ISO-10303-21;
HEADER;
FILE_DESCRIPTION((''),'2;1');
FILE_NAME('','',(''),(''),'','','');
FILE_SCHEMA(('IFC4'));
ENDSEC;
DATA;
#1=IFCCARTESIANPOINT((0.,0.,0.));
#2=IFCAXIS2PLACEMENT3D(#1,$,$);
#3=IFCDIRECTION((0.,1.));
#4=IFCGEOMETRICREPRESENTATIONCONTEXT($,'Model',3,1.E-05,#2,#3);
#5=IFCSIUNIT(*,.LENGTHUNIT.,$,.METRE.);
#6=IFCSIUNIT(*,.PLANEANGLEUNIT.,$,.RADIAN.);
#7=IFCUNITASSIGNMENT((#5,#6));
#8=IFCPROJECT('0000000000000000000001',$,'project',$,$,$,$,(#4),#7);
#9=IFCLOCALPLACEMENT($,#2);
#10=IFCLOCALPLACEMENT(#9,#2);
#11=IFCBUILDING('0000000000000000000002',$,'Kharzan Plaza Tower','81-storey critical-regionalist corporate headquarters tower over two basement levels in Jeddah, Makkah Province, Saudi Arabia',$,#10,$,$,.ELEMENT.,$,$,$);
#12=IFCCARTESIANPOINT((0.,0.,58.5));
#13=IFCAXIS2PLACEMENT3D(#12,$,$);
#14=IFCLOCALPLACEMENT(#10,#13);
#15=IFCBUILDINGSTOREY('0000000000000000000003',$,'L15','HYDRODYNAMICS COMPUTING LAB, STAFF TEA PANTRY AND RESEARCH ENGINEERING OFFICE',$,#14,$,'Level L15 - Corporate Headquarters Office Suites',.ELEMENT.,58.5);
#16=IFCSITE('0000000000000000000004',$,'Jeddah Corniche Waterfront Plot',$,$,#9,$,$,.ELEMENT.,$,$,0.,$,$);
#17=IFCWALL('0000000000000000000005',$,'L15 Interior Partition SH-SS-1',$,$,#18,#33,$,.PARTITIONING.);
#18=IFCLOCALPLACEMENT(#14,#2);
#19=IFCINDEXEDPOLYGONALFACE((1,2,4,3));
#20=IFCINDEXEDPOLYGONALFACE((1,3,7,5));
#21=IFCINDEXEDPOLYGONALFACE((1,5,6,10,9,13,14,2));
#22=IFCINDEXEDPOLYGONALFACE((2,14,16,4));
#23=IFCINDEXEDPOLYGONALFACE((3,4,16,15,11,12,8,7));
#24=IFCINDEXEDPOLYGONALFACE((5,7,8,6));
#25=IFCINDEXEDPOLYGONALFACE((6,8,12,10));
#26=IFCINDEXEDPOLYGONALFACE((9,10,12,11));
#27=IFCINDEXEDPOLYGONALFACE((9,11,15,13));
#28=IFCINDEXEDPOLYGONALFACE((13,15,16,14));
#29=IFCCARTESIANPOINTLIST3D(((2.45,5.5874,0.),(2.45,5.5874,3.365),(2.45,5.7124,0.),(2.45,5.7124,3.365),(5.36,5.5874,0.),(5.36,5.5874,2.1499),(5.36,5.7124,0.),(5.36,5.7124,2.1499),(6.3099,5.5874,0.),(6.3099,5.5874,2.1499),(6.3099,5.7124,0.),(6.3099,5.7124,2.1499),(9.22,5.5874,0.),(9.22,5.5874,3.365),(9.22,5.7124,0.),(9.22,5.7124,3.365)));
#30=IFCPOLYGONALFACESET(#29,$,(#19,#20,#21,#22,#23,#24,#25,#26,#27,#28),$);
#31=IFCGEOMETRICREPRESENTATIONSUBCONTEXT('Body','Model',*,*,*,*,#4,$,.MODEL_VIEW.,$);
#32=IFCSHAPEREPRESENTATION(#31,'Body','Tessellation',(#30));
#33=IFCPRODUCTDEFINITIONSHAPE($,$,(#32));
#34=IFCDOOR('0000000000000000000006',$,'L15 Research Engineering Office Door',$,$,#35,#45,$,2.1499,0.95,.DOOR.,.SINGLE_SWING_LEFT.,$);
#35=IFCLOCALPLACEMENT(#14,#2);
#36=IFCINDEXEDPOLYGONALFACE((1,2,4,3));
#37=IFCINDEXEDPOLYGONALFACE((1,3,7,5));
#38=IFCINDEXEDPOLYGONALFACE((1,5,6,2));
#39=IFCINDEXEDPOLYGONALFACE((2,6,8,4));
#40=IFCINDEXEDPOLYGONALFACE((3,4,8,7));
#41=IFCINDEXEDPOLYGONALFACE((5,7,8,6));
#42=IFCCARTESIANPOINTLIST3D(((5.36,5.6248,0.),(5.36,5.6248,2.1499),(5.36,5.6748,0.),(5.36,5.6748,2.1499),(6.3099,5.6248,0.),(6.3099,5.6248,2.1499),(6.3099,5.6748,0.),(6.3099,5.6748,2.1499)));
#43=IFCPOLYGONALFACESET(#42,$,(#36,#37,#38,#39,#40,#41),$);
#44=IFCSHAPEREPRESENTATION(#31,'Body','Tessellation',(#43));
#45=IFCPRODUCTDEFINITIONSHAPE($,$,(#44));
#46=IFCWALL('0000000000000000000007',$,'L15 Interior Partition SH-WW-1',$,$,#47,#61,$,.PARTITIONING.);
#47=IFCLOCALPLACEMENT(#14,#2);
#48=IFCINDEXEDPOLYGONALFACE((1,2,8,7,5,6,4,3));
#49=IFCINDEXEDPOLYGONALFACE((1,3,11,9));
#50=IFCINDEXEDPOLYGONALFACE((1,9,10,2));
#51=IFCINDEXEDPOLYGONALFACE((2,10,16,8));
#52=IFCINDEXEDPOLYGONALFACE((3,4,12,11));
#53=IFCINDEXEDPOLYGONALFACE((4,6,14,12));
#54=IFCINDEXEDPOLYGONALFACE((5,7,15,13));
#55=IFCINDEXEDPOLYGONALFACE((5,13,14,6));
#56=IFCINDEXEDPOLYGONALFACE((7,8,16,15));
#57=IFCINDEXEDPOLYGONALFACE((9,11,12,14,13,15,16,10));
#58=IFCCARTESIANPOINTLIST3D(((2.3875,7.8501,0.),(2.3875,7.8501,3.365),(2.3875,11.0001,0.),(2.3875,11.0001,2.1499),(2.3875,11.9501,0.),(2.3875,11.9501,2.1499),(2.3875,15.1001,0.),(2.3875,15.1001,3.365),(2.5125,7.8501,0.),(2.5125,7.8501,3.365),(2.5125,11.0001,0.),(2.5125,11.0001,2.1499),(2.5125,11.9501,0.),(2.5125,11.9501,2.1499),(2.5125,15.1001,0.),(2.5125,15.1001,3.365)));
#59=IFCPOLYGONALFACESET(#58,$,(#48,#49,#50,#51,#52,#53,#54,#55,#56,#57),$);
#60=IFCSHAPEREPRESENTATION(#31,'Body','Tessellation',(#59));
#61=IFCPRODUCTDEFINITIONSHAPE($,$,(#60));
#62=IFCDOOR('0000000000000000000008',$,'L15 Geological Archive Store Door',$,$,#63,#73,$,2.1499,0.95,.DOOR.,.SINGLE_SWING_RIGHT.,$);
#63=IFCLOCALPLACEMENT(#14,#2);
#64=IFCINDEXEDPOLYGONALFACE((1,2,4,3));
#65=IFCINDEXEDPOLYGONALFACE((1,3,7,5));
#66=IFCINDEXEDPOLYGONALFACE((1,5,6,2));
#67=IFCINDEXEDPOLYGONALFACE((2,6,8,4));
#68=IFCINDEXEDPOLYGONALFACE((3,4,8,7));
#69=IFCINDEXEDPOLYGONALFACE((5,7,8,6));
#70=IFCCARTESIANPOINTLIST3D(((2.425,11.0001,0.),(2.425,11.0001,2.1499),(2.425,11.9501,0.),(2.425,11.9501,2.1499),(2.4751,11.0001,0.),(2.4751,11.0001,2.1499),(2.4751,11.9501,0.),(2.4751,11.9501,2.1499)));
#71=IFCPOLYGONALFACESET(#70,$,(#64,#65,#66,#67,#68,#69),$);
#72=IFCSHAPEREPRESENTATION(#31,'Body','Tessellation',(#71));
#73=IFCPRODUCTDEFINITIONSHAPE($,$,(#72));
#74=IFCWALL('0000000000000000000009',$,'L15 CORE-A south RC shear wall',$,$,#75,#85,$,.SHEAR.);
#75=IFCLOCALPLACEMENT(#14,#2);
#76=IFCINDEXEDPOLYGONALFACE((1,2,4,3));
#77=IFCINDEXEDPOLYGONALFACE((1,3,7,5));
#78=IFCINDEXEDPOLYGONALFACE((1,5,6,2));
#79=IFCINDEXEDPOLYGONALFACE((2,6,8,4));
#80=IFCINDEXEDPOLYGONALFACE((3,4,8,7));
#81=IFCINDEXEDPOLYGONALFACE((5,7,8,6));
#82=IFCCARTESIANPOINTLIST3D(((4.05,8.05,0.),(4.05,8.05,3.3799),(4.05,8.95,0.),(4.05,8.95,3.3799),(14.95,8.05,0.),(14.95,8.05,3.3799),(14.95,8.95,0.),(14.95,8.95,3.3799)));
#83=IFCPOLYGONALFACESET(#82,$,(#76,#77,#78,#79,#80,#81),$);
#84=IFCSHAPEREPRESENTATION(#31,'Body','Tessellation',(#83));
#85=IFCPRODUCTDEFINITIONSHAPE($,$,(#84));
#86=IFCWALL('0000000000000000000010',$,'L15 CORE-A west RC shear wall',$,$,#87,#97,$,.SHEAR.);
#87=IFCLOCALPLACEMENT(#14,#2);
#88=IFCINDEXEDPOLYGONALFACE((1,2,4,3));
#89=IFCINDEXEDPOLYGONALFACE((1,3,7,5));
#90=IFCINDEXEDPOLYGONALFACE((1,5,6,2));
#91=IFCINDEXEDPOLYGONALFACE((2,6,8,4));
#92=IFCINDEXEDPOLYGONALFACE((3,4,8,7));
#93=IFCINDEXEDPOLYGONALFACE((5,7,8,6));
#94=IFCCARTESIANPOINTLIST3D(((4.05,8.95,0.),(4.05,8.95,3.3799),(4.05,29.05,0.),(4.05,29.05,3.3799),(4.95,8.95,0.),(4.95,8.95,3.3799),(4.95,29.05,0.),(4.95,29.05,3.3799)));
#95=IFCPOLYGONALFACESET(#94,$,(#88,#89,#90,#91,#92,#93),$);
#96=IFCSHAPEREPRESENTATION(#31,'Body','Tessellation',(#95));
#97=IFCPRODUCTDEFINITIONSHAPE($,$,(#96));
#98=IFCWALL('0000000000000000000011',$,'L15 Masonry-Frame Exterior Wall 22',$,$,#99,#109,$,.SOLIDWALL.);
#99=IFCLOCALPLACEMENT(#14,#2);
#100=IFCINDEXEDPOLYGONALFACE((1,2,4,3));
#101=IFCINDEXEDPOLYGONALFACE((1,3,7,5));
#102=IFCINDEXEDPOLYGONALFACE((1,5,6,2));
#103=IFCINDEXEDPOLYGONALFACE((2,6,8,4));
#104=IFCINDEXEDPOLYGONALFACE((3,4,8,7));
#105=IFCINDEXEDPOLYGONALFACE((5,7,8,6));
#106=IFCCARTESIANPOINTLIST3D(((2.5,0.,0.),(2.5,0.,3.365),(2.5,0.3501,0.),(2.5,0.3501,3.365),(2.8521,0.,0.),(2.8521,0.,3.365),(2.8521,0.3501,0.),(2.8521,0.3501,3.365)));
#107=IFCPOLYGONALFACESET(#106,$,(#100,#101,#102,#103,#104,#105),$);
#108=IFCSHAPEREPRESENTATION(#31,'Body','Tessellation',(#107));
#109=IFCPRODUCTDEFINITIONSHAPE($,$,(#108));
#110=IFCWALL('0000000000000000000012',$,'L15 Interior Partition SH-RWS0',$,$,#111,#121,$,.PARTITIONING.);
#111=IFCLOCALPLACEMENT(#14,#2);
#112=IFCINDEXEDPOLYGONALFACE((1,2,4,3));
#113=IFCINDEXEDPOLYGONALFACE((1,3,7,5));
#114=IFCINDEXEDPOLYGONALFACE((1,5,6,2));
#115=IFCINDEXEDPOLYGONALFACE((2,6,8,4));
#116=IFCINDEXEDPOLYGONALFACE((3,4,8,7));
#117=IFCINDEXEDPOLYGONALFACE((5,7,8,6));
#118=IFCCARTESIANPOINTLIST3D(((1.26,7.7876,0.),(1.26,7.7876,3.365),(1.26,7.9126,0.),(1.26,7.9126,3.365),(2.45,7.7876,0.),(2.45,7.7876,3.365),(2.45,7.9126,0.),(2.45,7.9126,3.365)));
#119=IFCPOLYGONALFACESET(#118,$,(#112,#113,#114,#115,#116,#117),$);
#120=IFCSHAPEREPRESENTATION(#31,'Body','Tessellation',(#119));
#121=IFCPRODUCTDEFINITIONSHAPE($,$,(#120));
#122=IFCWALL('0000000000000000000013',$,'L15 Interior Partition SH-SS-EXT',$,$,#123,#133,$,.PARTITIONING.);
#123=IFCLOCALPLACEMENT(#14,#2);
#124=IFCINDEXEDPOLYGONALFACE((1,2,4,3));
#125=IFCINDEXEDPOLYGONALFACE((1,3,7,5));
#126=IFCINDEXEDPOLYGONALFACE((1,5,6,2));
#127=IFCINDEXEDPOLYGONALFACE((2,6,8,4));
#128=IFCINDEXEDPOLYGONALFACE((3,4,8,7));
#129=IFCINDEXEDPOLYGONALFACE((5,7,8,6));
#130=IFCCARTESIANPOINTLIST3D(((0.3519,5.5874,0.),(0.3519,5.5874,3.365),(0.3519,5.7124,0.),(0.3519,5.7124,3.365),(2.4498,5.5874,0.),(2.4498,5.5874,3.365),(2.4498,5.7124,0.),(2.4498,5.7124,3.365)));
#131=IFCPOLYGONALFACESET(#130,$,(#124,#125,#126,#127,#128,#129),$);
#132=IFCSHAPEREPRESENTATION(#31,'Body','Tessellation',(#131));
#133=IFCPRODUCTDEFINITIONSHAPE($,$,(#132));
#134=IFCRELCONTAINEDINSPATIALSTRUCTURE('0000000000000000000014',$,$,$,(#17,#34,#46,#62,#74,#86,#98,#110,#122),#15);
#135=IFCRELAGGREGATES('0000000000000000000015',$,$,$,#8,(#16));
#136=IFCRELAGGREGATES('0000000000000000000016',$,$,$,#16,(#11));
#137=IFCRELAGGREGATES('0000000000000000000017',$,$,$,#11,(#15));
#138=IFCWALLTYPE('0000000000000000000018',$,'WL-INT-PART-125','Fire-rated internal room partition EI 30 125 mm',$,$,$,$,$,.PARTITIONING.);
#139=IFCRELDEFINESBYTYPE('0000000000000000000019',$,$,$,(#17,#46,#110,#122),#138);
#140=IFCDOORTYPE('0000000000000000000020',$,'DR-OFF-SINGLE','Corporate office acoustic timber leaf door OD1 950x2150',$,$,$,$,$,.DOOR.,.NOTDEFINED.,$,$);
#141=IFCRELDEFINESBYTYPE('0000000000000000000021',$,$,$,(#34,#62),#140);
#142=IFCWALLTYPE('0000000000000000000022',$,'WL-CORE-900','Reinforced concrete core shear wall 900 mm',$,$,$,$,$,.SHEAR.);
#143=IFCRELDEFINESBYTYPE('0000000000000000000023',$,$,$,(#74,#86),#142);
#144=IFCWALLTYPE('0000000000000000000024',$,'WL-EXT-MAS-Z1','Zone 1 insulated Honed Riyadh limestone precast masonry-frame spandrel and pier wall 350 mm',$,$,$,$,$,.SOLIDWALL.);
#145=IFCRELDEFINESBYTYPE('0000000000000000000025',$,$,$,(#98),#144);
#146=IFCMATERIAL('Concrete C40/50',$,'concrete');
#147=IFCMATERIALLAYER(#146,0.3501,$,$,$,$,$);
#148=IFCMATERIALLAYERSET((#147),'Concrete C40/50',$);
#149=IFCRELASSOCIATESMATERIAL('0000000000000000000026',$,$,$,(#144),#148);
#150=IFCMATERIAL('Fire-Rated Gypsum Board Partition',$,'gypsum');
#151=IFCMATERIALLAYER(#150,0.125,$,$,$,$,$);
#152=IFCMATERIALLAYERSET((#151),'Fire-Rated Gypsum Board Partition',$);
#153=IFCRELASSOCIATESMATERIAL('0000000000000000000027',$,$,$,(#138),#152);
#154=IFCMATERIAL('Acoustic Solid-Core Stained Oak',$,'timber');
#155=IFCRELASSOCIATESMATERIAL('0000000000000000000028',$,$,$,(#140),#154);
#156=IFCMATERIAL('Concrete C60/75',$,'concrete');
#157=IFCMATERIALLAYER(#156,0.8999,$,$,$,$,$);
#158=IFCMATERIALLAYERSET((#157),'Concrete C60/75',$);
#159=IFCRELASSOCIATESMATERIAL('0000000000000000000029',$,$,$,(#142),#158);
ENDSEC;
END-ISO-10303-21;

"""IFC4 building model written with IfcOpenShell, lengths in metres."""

from ifc_helpers import new_model, si_unit, direction, frame, frame_2d, origin, place, context, subcontext, project, spatial, rectangle, extrude, source, transform, mapped, material, layer, layer_set, type_object, element, fill, save


model = new_model("IFC4")

# Units and contexts
model_context = context("Model", 3, precision=1e-05, world=origin(), true_north=direction((0.0, 1.0)))
body_context = subcontext(model_context, "Body", "Model", "MODEL_VIEW")
ifc_project = project(units=[si_unit("LENGTHUNIT", "METRE"), si_unit("PLANEANGLEUNIT", "RADIAN")], contexts=[model_context])

# Site, building, storey
site_placement = place(None, origin())
site = spatial("IfcSite", under=ifc_project, at=site_placement, Name="Jeddah Corniche Waterfront Plot", CompositionType="ELEMENT", RefElevation=0.0)
building_placement = place(site_placement, origin())
building = spatial("IfcBuilding", under=site, at=building_placement, Name="Kharzan Plaza Tower", Description="81-storey critical-regionalist corporate headquarters tower over two basement levels in Jeddah, Makkah Province, Saudi Arabia", CompositionType="ELEMENT")
storey_placement = place(building_placement, frame((0.0, 0.0, 58.5)))
storey = spatial("IfcBuildingStorey", under=building, at=storey_placement, Name="L15", Description="HYDRODYNAMICS COMPUTING LAB, STAFF TEA PANTRY AND RESEARCH ENGINEERING OFFICE", LongName="Level L15 - Corporate Headquarters Office Suites", CompositionType="ELEMENT", Elevation=58.5)

# Shared definitions
ifc_material_1 = material(Name="Concrete C60/75", Category="concrete")

# Shared definitions
ifc_material_2 = material(Name="Concrete C40/50", Category="concrete")

# Shared definitions
ifc_layer_1 = layer(ifc_material_2, 0.3501)
ifc_layer_set_1 = layer_set([ifc_layer_1], Name="Concrete C40/50")
wall_type_1 = type_object("IfcWallType", Name="WL-EXT-MAS-Z1", Description="Zone 1 insulated Honed Riyadh limestone precast masonry-frame spandrel and pier wall 350 mm", PredefinedType="SOLIDWALL", material=ifc_layer_set_1)

# Walls, openings, doors
ifc_material_3 = material(Name="Fire-Rated Gypsum Board Partition", Category="gypsum")
ifc_layer_2 = layer(ifc_material_3, 0.125)
ifc_layer_set_2 = layer_set([ifc_layer_2], Name="Fire-Rated Gypsum Board Partition")
wall_type_2 = type_object("IfcWallType", Name="WL-INT-PART-125", Description="Fire-rated internal room partition EI 30 125 mm", PredefinedType="PARTITIONING", material=ifc_layer_set_2)
wall_1_placement = place(storey_placement, frame((2.45, 5.6499, 0.0), z_axis=(0.0, 0.0, 1.0), x_axis=(1.0, 0.0, 0.0)))
wall_1 = element("IfcWall", 1, at=wall_1_placement, inside=storey, type_object=wall_type_2, Name="L15 Interior Partition SH-SS-1", PredefinedType="PARTITIONING", context=body_context, shape_type="SweptSolid", body=[
    extrude(rectangle(XDim=6.77, YDim=0.125, at=frame_2d((3.385, 0.0))), origin(), (0.0, 0.0, 1.0), 3.365),
])
opening_1_placement = place(wall_1_placement, frame((2.9099, 0.0, 0.0)))
opening_1 = element("IfcOpeningElement", 2, at=opening_1_placement, cuts=wall_1, PredefinedType="OPENING", context=body_context, shape_type="SweptSolid", body=[
    extrude(rectangle(XDim=0.95, YDim=2.1499, at=frame_2d((0.4751, 1.075))), frame((0.0, 0.0725, 0.0), z_axis=(0.0, -1.0, 0.0), x_axis=(1.0, 0.0, 0.0)), (0.0, 0.0, 1.0), 0.145),
])
ifc_material_4 = material(Name="Acoustic Solid-Core Stained Oak", Category="timber")
door_type = type_object("IfcDoorType", Name="DR-OFF-SINGLE", Description="Corporate office acoustic timber leaf door OD1 950x2150", OperationType="NOTDEFINED", PredefinedType="DOOR", material=ifc_material_4)
shared_shape_1 = source(origin(), body_context, "Body", "SweptSolid", [
    extrude(rectangle(XDim=0.95, YDim=2.1499, at=frame_2d((0.4751, 1.075))), frame((0.0, 0.0249, 0.0), z_axis=(0.0, -1.0, 0.0), x_axis=(1.0, 0.0, 0.0)), (0.0, 0.0, 1.0), 0.05),
])
door_1_placement = place(opening_1_placement, origin())
door_1 = element("IfcDoor", 3, at=door_1_placement, inside=storey, type_object=door_type, Name="L15 Research Engineering Office Door", OperationType="SINGLE_SWING_LEFT", OverallHeight=2.1499, OverallWidth=0.95, PredefinedType="DOOR", context=body_context, shape_type="MappedRepresentation", body=[
    mapped(shared_shape_1, transform((0.0, 0.0, 0.0), x_axis=(1.0, 0.0, 0.0), y_axis=(0.0, 1.0, 0.0), z_axis=(0.0, 0.0, 1.0))),
])
fill(opening_1, door_1)
wall_2_placement = place(storey_placement, frame((2.45, 7.8501, 0.0), z_axis=(0.0, 0.0, 1.0), x_axis=(0.0, 1.0, 0.0)))
wall_2 = element("IfcWall", 4, at=wall_2_placement, inside=storey, type_object=wall_type_2, Name="L15 Interior Partition SH-WW-1", PredefinedType="PARTITIONING", context=body_context, shape_type="SweptSolid", body=[
    extrude(rectangle(XDim=7.25, YDim=0.125, at=frame_2d((3.625, 0.0))), origin(), (0.0, 0.0, 1.0), 3.365),
])
opening_2_placement = place(wall_2_placement, frame((3.1499, 0.0, 0.0)))
opening_2 = element("IfcOpeningElement", 5, at=opening_2_placement, cuts=wall_2, PredefinedType="OPENING", context=body_context, shape_type="SweptSolid", body=[
    extrude(rectangle(XDim=0.95, YDim=2.1499, at=frame_2d((0.4751, 1.075))), frame((0.0, 0.0725, 0.0), z_axis=(0.0, -1.0, 0.0), x_axis=(1.0, 0.0, 0.0)), (0.0, 0.0, 1.0), 0.145),
])
door_2_placement = place(opening_2_placement, origin())
door_2 = element("IfcDoor", 6, at=door_2_placement, inside=storey, type_object=door_type, Name="L15 Geological Archive Store Door", OperationType="SINGLE_SWING_RIGHT", OverallHeight=2.1499, OverallWidth=0.95, PredefinedType="DOOR", context=body_context, shape_type="MappedRepresentation", body=[
    mapped(shared_shape_1, transform((0.0, 0.0, 0.0), x_axis=(1.0, 0.0, 0.0), y_axis=(0.0, 1.0, 0.0), z_axis=(0.0, 0.0, 1.0))),
])
fill(opening_2, door_2)

# Walls
ifc_layer_3 = layer(ifc_material_1, 0.8999)
ifc_layer_set_3 = layer_set([ifc_layer_3], Name="Concrete C60/75")
wall_type_3 = type_object("IfcWallType", Name="WL-CORE-900", Description="Reinforced concrete core shear wall 900 mm", PredefinedType="SHEAR", material=ifc_layer_set_3)
shared_shape_2 = source(origin(), body_context, "Body", "SweptSolid", [
    extrude(rectangle(XDim=10.8999, YDim=0.8999, at=frame_2d((5.45, 0.0))), origin(), (0.0, 0.0, 1.0), 3.3799),
])
wall_3_placement = place(storey_placement, frame((4.05, 8.5, 0.0), z_axis=(0.0, 0.0, 1.0), x_axis=(1.0, 0.0, 0.0)))
element("IfcWall", 7, at=wall_3_placement, inside=storey, type_object=wall_type_3, Name="L15 CORE-A south RC shear wall", PredefinedType="SHEAR", context=body_context, shape_type="MappedRepresentation", body=[
    mapped(shared_shape_2, transform((0.0, 0.0, 0.0), x_axis=(1.0, 0.0, 0.0), y_axis=(0.0, 1.0, 0.0), z_axis=(0.0, 0.0, 1.0))),
])
shared_shape_3 = source(origin(), body_context, "Body", "SweptSolid", [
    extrude(rectangle(XDim=20.1001, YDim=0.8999, at=frame_2d((10.05, 0.0))), origin(), (0.0, 0.0, 1.0), 3.3799),
])
wall_4_placement = place(storey_placement, frame((4.5, 8.95, 0.0), z_axis=(0.0, 0.0, 1.0), x_axis=(0.0, 1.0, 0.0)))
element("IfcWall", 8, at=wall_4_placement, inside=storey, type_object=wall_type_3, Name="L15 CORE-A west RC shear wall", PredefinedType="SHEAR", context=body_context, shape_type="MappedRepresentation", body=[
    mapped(shared_shape_3, transform((0.0, 0.0, 0.0), x_axis=(1.0, 0.0, 0.0), y_axis=(0.0, 1.0, 0.0), z_axis=(0.0, 0.0, 1.0))),
])
shared_shape_4 = source(origin(), body_context, "Body", "SweptSolid", [
    extrude(rectangle(XDim=0.3521, YDim=0.3501, at=frame_2d((0.176, 0.0))), origin(), (0.0, 0.0, 1.0), 3.365),
])
wall_5_placement = place(storey_placement, frame((2.5, 0.175, 0.0), z_axis=(0.0, 0.0, 1.0), x_axis=(1.0, 0.0, 0.0)))
element("IfcWall", 9, at=wall_5_placement, inside=storey, type_object=wall_type_1, Name="L15 Masonry-Frame Exterior Wall 22", PredefinedType="SOLIDWALL", context=body_context, shape_type="MappedRepresentation", body=[
    mapped(shared_shape_4, transform((0.0, 0.0, 0.0), x_axis=(1.0, 0.0, 0.0), y_axis=(0.0, 1.0, 0.0), z_axis=(0.0, 0.0, 1.0))),
])
shared_shape_5 = source(origin(), body_context, "Body", "SweptSolid", [
    extrude(rectangle(XDim=1.1899, YDim=0.125, at=frame_2d((0.595, 0.0))), origin(), (0.0, 0.0, 1.0), 3.365),
])
wall_6_placement = place(storey_placement, frame((1.26, 7.8501, 0.0), z_axis=(0.0, 0.0, 1.0), x_axis=(1.0, 0.0, 0.0)))
element("IfcWall", 10, at=wall_6_placement, inside=storey, type_object=wall_type_2, Name="L15 Interior Partition SH-RWS0", PredefinedType="PARTITIONING", context=body_context, shape_type="MappedRepresentation", body=[
    mapped(shared_shape_5, transform((0.0, 0.0, 0.0), x_axis=(1.0, 0.0, 0.0), y_axis=(0.0, 1.0, 0.0), z_axis=(0.0, 0.0, 1.0))),
])
shared_shape_6 = source(origin(), body_context, "Body", "SweptSolid", [
    extrude(rectangle(XDim=2.0979, YDim=0.125, at=frame_2d((1.0488, 0.0))), origin(), (0.0, 0.0, 1.0), 3.365),
])
wall_7_placement = place(storey_placement, frame((0.3521, 5.6499, 0.0), z_axis=(0.0, 0.0, 1.0), x_axis=(1.0, 0.0, 0.0)))
element("IfcWall", 11, at=wall_7_placement, inside=storey, type_object=wall_type_2, Name="L15 Interior Partition SH-SS-EXT", PredefinedType="PARTITIONING", context=body_context, shape_type="MappedRepresentation", body=[
    mapped(shared_shape_6, transform((0.0, 0.0, 0.0), x_axis=(1.0, 0.0, 0.0), y_axis=(0.0, 1.0, 0.0), z_axis=(0.0, 0.0, 1.0))),
])

save(model, "model.ifc")
